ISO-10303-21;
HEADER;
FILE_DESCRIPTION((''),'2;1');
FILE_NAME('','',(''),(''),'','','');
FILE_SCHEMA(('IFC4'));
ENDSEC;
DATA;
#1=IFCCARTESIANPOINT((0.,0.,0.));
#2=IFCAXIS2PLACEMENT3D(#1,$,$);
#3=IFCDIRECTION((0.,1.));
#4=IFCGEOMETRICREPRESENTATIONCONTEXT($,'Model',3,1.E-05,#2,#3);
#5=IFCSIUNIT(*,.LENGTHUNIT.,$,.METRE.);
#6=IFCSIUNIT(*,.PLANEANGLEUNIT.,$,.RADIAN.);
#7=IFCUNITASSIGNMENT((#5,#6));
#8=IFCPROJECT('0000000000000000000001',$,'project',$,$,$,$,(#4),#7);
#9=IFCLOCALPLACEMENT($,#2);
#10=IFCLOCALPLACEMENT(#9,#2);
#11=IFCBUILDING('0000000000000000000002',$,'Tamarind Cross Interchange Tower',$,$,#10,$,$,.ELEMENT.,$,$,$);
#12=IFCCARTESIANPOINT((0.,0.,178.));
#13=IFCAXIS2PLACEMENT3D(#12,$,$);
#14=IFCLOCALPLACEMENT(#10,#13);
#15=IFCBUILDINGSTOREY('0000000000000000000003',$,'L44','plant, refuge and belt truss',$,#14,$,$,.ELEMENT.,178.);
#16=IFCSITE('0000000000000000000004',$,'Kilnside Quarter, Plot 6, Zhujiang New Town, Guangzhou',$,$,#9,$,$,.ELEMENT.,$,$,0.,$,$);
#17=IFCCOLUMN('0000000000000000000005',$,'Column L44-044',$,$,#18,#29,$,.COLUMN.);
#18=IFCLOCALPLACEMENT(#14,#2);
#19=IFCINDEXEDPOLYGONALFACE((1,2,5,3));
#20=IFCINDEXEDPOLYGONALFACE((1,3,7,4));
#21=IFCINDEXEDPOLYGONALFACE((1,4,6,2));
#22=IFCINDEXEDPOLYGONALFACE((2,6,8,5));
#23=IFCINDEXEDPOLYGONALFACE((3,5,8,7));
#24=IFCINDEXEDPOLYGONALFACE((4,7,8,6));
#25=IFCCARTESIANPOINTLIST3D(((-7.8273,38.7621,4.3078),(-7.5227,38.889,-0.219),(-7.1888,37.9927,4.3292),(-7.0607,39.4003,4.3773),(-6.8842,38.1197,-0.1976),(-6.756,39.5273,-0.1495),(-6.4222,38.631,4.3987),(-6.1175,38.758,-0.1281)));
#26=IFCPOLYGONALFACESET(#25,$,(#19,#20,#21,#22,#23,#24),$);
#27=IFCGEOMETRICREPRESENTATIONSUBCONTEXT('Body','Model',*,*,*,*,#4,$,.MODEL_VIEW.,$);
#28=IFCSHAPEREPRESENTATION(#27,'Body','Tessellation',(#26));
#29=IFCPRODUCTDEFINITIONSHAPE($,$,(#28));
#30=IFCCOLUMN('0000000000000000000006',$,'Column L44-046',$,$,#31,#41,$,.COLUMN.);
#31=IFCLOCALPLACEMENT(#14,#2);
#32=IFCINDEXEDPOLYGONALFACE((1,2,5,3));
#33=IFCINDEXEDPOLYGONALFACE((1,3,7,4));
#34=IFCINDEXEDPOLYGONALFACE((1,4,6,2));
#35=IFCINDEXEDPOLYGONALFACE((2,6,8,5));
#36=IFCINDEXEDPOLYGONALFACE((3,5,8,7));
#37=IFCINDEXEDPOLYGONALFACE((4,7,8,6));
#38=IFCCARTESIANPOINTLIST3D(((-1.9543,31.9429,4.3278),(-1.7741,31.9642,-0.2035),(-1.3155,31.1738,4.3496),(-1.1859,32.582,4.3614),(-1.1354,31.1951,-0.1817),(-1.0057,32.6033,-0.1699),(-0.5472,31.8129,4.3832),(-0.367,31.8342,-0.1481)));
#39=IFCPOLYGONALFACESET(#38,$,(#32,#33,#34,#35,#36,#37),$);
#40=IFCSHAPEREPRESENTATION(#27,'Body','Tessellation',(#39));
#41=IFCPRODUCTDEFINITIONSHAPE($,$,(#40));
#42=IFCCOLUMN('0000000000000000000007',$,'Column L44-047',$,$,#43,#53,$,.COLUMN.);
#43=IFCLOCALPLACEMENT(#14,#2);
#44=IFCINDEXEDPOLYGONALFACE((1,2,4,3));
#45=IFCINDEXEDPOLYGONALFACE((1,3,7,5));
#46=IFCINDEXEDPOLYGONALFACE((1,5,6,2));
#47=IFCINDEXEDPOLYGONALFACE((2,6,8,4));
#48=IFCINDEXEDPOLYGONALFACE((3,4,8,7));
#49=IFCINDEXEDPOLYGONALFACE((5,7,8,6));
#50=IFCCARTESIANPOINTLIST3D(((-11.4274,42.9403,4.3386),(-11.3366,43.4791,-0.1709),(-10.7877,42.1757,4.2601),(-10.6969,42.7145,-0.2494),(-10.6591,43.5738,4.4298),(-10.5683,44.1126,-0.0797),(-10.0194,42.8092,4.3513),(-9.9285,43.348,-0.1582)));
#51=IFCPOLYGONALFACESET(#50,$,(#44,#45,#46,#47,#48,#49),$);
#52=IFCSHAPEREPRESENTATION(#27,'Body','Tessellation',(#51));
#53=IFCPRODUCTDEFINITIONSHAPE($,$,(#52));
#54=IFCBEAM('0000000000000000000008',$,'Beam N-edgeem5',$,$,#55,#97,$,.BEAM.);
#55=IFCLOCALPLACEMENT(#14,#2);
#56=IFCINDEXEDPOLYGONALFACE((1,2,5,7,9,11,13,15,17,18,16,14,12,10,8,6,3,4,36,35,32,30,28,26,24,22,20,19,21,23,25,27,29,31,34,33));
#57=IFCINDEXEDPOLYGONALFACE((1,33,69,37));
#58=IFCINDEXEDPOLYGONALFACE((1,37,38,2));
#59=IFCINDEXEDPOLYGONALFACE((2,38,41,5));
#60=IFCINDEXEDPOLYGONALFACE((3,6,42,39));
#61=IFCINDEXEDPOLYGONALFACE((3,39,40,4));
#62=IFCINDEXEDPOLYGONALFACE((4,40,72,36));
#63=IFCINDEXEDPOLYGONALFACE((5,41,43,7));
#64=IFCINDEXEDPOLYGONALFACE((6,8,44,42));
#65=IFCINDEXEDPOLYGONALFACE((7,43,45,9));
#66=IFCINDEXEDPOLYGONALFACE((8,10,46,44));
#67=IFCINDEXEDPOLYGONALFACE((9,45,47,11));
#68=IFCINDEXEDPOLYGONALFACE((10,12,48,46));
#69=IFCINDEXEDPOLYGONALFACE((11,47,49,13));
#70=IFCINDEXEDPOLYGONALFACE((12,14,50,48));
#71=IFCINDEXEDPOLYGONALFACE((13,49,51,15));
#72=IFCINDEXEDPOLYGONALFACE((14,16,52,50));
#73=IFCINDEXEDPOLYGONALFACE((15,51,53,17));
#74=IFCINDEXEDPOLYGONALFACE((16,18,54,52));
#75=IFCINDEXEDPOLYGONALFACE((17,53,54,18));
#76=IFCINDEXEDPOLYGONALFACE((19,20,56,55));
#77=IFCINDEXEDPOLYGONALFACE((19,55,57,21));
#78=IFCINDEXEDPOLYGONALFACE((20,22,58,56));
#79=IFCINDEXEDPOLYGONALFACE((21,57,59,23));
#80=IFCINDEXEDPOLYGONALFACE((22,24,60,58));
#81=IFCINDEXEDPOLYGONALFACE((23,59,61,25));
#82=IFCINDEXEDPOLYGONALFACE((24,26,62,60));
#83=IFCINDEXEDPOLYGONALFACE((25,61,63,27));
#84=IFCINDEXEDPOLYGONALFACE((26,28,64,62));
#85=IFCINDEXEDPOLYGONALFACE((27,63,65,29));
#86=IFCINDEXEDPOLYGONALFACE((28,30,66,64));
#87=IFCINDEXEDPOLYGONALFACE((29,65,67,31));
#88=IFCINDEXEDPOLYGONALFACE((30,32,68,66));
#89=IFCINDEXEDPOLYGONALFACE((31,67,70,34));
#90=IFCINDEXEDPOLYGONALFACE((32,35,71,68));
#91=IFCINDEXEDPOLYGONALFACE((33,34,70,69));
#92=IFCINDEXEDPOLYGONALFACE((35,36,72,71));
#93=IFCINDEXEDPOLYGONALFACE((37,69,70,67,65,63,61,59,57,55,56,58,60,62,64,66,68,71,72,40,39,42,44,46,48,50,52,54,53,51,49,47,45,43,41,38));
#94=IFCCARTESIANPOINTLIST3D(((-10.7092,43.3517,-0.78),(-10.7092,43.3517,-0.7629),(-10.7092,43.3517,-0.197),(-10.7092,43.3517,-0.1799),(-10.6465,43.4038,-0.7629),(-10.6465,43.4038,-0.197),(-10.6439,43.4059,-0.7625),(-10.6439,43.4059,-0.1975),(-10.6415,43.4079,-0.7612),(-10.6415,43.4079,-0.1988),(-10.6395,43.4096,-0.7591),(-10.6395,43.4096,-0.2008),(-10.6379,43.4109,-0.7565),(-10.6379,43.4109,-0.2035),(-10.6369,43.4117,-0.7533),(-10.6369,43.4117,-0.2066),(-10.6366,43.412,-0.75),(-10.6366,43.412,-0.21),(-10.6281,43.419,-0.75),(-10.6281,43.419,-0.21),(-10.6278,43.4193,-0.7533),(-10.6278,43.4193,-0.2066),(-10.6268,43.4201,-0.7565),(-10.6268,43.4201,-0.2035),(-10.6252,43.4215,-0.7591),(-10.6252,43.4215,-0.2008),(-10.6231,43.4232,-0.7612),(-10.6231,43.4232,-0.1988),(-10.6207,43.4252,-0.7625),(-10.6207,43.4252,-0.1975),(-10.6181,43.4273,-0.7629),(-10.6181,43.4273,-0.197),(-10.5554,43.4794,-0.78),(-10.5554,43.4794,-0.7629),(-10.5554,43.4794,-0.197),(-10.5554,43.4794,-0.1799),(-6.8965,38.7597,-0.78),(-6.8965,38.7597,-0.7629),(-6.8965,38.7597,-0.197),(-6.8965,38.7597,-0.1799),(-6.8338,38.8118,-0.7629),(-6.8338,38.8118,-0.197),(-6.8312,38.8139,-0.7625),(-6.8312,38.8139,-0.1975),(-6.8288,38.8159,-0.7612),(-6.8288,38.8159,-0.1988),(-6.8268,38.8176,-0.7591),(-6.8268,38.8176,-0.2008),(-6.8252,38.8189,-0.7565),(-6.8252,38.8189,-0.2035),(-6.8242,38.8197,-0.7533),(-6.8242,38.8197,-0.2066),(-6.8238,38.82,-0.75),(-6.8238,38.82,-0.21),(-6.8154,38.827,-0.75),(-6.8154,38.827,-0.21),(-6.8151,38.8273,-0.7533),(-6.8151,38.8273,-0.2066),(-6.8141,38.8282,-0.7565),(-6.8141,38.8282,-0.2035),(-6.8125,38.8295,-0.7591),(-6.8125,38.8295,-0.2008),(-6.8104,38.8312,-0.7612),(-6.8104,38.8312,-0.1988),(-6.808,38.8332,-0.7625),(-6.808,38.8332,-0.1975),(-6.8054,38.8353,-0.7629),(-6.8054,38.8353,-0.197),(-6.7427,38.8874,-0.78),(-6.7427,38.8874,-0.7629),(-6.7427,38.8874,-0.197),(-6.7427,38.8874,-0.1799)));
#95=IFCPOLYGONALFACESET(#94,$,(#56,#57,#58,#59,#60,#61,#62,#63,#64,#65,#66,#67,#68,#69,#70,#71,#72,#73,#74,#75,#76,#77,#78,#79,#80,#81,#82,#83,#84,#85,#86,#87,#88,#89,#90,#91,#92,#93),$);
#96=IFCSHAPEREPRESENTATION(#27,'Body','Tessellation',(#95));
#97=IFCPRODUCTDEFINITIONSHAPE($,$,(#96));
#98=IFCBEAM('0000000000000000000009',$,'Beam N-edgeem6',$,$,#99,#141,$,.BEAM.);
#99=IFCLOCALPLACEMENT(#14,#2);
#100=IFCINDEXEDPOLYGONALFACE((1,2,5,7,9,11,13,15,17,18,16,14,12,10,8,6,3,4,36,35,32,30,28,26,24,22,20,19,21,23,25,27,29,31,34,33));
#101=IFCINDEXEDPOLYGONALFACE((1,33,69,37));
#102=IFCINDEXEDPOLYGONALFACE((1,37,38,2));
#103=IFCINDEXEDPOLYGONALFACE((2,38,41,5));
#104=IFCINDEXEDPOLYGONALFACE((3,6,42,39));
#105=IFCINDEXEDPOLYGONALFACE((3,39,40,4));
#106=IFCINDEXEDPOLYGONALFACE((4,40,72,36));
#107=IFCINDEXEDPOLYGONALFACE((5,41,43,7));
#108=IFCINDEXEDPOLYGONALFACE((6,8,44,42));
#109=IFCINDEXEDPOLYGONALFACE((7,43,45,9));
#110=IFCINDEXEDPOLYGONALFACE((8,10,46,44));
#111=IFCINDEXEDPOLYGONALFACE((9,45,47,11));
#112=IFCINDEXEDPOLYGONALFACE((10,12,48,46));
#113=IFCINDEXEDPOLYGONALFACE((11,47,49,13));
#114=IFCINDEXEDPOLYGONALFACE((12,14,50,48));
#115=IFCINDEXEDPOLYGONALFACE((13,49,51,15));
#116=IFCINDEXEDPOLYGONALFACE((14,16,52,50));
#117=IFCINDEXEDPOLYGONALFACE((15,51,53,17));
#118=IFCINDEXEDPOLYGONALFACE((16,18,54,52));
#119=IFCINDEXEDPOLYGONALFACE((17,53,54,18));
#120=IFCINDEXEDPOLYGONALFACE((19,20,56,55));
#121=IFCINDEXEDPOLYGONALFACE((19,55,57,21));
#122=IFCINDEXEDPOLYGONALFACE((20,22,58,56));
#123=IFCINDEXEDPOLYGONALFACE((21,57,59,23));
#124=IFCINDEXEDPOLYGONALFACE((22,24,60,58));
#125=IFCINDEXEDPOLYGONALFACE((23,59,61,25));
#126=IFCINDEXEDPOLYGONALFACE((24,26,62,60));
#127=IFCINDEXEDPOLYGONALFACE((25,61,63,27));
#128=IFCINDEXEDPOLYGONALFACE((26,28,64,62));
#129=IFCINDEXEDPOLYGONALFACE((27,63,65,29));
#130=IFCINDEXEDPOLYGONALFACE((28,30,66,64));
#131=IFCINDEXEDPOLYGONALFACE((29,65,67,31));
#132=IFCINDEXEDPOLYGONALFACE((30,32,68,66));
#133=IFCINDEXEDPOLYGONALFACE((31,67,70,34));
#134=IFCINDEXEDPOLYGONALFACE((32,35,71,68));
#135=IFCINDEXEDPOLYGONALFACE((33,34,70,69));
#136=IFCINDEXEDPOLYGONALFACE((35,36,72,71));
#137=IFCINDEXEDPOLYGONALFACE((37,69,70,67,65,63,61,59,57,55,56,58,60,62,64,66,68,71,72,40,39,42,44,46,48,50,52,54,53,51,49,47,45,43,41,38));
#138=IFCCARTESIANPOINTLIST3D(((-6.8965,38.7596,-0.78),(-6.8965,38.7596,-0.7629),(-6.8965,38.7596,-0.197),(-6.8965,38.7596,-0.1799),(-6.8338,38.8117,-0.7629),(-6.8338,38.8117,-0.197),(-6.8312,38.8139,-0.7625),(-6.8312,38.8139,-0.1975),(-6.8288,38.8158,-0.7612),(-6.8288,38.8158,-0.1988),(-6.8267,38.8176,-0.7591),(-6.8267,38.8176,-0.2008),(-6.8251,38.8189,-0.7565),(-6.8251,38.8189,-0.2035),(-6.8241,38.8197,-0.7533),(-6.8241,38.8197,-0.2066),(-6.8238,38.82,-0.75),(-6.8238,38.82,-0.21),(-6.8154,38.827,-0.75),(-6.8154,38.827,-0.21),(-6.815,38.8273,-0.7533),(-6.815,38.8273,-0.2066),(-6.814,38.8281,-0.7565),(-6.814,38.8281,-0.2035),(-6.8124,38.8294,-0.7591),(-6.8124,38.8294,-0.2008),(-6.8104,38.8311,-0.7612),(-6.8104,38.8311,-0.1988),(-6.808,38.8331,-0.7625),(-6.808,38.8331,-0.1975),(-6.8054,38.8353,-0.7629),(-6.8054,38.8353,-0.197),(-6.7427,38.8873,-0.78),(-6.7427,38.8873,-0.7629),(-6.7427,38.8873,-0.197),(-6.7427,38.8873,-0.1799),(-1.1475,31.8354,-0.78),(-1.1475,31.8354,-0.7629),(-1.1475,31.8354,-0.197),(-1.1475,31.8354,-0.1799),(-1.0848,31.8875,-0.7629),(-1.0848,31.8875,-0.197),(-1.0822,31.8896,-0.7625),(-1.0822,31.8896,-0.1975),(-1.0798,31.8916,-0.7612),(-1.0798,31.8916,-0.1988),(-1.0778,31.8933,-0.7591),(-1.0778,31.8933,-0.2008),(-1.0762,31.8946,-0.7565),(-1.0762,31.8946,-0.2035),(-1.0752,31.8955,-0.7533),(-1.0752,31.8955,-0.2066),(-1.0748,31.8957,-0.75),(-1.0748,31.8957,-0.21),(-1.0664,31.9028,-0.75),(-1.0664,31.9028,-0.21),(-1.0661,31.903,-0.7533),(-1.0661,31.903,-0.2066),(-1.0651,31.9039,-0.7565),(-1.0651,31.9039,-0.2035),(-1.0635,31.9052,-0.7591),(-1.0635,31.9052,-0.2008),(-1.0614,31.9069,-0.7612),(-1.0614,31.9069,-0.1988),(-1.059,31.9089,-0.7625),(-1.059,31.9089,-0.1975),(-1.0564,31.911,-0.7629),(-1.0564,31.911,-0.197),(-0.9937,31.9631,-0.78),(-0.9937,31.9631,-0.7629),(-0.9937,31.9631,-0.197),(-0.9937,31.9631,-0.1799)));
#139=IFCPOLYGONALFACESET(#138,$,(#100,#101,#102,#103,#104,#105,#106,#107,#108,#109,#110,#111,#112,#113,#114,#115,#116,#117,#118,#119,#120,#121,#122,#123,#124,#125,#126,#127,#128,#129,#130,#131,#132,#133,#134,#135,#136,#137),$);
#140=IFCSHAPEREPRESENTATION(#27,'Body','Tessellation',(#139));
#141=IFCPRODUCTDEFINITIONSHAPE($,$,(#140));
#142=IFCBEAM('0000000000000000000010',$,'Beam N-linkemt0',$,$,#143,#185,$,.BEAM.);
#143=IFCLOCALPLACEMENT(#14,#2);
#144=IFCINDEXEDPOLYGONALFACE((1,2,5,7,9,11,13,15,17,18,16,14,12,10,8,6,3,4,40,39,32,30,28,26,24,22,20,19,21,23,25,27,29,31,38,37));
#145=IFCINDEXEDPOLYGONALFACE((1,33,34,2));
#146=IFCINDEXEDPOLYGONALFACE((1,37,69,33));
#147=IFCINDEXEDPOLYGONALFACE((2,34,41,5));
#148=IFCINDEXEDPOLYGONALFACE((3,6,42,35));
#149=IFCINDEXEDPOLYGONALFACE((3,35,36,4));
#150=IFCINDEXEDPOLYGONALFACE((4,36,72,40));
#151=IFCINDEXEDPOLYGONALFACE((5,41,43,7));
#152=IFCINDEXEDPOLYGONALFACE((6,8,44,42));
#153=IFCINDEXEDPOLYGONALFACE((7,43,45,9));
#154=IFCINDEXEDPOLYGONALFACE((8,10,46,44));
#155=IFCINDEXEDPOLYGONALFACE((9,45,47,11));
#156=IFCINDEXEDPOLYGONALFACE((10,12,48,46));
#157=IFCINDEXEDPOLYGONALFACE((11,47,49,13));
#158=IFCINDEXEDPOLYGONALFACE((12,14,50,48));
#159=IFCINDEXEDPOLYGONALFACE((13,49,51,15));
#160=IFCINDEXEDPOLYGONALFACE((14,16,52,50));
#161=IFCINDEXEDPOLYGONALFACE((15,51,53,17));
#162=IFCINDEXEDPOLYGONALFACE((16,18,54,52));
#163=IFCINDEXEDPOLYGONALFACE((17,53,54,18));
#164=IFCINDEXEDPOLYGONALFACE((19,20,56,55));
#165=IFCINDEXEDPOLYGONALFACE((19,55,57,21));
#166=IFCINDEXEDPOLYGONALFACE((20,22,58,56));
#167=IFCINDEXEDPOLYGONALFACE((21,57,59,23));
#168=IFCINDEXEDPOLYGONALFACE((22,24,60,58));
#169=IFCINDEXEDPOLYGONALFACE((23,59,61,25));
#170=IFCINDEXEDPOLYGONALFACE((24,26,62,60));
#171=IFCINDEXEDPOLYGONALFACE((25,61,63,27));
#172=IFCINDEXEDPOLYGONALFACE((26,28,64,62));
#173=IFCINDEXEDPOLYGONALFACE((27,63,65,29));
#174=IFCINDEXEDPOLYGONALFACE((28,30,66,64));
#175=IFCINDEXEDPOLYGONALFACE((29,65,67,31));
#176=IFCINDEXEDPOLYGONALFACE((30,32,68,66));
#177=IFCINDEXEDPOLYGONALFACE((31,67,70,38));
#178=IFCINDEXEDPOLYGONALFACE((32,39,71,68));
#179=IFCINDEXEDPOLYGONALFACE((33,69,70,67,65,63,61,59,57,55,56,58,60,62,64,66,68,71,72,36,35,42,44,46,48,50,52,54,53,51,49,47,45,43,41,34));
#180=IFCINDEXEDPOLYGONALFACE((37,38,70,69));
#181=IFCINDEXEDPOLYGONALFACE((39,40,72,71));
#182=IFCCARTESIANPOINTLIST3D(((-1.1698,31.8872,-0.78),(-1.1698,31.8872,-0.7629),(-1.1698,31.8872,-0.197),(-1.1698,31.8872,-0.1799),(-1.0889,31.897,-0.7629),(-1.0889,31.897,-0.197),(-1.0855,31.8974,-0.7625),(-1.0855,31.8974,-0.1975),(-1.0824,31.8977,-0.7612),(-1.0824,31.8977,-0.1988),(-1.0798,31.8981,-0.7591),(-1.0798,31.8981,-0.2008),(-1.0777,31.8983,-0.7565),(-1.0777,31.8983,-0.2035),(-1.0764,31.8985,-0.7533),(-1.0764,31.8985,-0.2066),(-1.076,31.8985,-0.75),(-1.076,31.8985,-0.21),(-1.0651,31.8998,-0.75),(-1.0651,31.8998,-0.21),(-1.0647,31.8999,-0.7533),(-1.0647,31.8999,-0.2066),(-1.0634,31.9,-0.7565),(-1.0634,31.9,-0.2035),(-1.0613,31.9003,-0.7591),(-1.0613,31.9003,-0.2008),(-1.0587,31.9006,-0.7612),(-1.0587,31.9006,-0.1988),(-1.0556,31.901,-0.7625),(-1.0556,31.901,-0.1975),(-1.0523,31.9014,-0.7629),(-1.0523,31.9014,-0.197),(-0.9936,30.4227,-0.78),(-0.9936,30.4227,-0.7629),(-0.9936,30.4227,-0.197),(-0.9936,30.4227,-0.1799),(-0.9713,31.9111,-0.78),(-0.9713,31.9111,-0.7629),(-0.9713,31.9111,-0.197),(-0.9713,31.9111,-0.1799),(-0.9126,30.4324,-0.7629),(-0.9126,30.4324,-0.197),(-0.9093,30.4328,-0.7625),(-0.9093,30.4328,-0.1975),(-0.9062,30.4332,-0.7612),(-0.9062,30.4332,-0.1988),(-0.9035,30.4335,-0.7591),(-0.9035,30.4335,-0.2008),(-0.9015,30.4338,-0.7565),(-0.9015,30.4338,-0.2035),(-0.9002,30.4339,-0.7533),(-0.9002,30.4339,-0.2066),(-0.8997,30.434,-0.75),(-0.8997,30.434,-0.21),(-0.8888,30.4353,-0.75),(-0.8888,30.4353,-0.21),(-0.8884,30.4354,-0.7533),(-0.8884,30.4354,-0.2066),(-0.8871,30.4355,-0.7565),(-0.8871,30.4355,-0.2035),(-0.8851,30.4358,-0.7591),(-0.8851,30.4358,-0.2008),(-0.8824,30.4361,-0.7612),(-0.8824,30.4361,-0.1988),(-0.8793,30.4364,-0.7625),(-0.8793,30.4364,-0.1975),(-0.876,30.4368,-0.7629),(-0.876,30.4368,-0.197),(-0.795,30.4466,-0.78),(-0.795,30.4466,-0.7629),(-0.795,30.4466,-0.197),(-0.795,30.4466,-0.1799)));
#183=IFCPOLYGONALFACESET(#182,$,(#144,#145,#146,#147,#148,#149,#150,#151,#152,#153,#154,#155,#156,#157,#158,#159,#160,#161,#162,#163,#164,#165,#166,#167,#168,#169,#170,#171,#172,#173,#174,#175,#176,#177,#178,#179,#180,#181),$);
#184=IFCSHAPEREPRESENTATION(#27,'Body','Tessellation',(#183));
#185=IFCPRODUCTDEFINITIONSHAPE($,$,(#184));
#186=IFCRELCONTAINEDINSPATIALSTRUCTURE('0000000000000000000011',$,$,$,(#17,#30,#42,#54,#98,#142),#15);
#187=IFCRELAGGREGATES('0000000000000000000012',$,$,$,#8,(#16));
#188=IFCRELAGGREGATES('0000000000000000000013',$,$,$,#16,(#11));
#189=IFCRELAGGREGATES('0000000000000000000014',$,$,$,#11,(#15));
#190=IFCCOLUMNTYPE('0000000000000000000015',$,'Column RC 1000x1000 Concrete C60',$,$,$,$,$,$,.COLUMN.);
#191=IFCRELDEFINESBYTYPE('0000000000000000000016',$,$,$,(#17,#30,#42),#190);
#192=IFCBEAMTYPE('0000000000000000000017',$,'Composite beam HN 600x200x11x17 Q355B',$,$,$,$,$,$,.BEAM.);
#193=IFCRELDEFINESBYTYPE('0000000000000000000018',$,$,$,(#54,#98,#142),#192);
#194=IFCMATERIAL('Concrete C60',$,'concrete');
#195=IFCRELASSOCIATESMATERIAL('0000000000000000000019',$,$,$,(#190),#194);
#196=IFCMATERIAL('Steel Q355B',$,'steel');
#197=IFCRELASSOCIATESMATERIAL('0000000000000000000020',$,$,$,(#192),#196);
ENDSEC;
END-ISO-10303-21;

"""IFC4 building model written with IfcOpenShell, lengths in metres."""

from ifc_helpers import new_model, si_unit, direction, frame, origin, origin_2d, place, context, subcontext, project, spatial, rectangle, i_section, extrude, material, material_profile, profile_set, type_object, element, save


model = new_model("IFC4")

# Units and contexts
model_context = context("Model", 3, precision=1e-05, world=origin(), true_north=direction((0.0, 1.0)))
body_context = subcontext(model_context, "Body", "Model", "MODEL_VIEW")
ifc_project = project(units=[si_unit("LENGTHUNIT", "METRE"), si_unit("PLANEANGLEUNIT", "RADIAN")], contexts=[model_context])

# Site, building, storey
site_placement = place(None, origin())
site = spatial("IfcSite", under=ifc_project, at=site_placement, Name="Kilnside Quarter, Plot 6, Zhujiang New Town, Guangzhou", CompositionType="ELEMENT", RefElevation=0.0)
building_placement = place(site_placement, origin())
building = spatial("IfcBuilding", under=site, at=building_placement, Name="Tamarind Cross Interchange Tower", CompositionType="ELEMENT")
storey_placement = place(building_placement, frame((0.0, 0.0, 178.0)))
storey = spatial("IfcBuildingStorey", under=building, at=storey_placement, Name="L44", Description="plant, refuge and belt truss", CompositionType="ELEMENT", Elevation=178.0)

# Columns
ifc_material_1 = material(Name="Concrete C60", Category="concrete")
ifc_material_profile_1 = material_profile(ifc_material_1, rectangle(XDim=1.0, YDim=1.0, at=origin_2d()), Name="RC 1000x1000")
ifc_profile_set_1 = profile_set([ifc_material_profile_1], Name="Concrete C60")
column_type = type_object("IfcColumnType", Name="Column RC 1000x1000 Concrete C60", PredefinedType="COLUMN", material=ifc_profile_set_1)
column_1_placement = place(storey_placement, frame((-6.8201, 38.8235, -0.1736), z_axis=(-0.067128, -0.02797, 0.997352), x_axis=(0.638504, -0.769321, 0.0214)))
element("IfcColumn", 1, at=column_1_placement, inside=storey, type_object=column_type, Name="Column L44-044", PredefinedType="COLUMN", context=body_context, shape_type="SweptSolid", body=[
    extrude(rectangle(XDim=1.0, YDim=1.0, at=origin_2d()), origin(), (0.0, 0.0, 1.0), 4.5388),
])
column_2_placement = place(storey_placement, frame((-1.0706, 31.8992, -0.1758), z_axis=(-0.039731, -0.004684, 0.999199), x_axis=(0.638757, -0.7691, 0.021794)))
element("IfcColumn", 2, at=column_2_placement, inside=storey, type_object=column_type, Name="Column L44-046", PredefinedType="COLUMN", context=body_context, shape_type="SweptSolid", body=[
    extrude(rectangle(XDim=1.0, YDim=1.0, at=origin_2d()), origin(), (0.0, 0.0, 1.0), 4.5349),
])
column_3_placement = place(storey_placement, frame((-10.6326, 43.4136, -0.1646), z_axis=(-0.019993, -0.118617, 0.992739), x_axis=(0.768334, 0.633522, 0.09117)))
element("IfcColumn", 3, at=column_3_placement, inside=storey, type_object=column_type, Name="Column L44-047", PredefinedType="COLUMN", context=body_context, shape_type="SweptSolid", body=[
    extrude(rectangle(XDim=1.0, YDim=1.0, at=origin_2d()), origin(), (0.0, 0.0, 1.0), 4.5425),
])

# Beams
ifc_material_2 = material(Name="Steel Q355B", Category="steel")
ifc_material_profile_2 = material_profile(ifc_material_2, i_section(OverallWidth=0.2, OverallDepth=0.6001, WebThickness=0.011, FlangeThickness=0.0171, FilletRadius=0.0129, at=origin_2d()), Name="HN 600x200x11x17")
ifc_profile_set_2 = profile_set([ifc_material_profile_2], Name="Steel Q355B")
beam_type_1 = type_object("IfcBeamType", Name="Composite beam HN 600x200x11x17 Q355B", PredefinedType="BEAM", material=ifc_profile_set_2)
beam_1_placement = place(storey_placement, frame((-10.6323, 43.4155, -0.48), z_axis=(0.638803, -0.76937, 0.0), x_axis=(0.76937, 0.638803, 0.0)))
element("IfcBeam", 4, at=beam_1_placement, inside=storey, type_object=beam_type_1, Name="Beam N-edgeem5", PredefinedType="BEAM", context=body_context, shape_type="SweptSolid", body=[
    extrude(i_section(OverallWidth=0.2, OverallDepth=0.6001, WebThickness=0.011, FlangeThickness=0.0171, FilletRadius=0.0129, at=origin_2d()), origin(), (0.0, 0.0, 1.0), 5.9685),
])
beam_2_placement = place(storey_placement, frame((-6.8196, 38.8235, -0.48), z_axis=(0.638791, -0.769381, 0.0), x_axis=(0.769381, 0.638791, 0.0)))
element("IfcBeam", 5, at=beam_2_placement, inside=storey, type_object=beam_type_1, Name="Beam N-edgeem6", PredefinedType="BEAM", context=body_context, shape_type="SweptSolid", body=[
    extrude(i_section(OverallWidth=0.2, OverallDepth=0.6001, WebThickness=0.011, FlangeThickness=0.0171, FilletRadius=0.0129, at=origin_2d()), origin(), (0.0, 0.0, 1.0), 8.9998),
])
beam_3_placement = place(storey_placement, frame((-1.0706, 31.8992, -0.48), z_axis=(0.119491, -0.992835, 0.0), x_axis=(0.992835, 0.119491, 0.0)))
element("IfcBeam", 6, at=beam_3_placement, inside=storey, type_object=beam_type_1, Name="Beam N-linkemt0", PredefinedType="BEAM", context=body_context, shape_type="SweptSolid", body=[
    extrude(i_section(OverallWidth=0.2, OverallDepth=0.6001, WebThickness=0.011, FlangeThickness=0.0171, FilletRadius=0.0129, at=origin_2d()), origin(), (0.0, 0.0, 1.0), 1.4751),
])

save(model, "model.ifc")
